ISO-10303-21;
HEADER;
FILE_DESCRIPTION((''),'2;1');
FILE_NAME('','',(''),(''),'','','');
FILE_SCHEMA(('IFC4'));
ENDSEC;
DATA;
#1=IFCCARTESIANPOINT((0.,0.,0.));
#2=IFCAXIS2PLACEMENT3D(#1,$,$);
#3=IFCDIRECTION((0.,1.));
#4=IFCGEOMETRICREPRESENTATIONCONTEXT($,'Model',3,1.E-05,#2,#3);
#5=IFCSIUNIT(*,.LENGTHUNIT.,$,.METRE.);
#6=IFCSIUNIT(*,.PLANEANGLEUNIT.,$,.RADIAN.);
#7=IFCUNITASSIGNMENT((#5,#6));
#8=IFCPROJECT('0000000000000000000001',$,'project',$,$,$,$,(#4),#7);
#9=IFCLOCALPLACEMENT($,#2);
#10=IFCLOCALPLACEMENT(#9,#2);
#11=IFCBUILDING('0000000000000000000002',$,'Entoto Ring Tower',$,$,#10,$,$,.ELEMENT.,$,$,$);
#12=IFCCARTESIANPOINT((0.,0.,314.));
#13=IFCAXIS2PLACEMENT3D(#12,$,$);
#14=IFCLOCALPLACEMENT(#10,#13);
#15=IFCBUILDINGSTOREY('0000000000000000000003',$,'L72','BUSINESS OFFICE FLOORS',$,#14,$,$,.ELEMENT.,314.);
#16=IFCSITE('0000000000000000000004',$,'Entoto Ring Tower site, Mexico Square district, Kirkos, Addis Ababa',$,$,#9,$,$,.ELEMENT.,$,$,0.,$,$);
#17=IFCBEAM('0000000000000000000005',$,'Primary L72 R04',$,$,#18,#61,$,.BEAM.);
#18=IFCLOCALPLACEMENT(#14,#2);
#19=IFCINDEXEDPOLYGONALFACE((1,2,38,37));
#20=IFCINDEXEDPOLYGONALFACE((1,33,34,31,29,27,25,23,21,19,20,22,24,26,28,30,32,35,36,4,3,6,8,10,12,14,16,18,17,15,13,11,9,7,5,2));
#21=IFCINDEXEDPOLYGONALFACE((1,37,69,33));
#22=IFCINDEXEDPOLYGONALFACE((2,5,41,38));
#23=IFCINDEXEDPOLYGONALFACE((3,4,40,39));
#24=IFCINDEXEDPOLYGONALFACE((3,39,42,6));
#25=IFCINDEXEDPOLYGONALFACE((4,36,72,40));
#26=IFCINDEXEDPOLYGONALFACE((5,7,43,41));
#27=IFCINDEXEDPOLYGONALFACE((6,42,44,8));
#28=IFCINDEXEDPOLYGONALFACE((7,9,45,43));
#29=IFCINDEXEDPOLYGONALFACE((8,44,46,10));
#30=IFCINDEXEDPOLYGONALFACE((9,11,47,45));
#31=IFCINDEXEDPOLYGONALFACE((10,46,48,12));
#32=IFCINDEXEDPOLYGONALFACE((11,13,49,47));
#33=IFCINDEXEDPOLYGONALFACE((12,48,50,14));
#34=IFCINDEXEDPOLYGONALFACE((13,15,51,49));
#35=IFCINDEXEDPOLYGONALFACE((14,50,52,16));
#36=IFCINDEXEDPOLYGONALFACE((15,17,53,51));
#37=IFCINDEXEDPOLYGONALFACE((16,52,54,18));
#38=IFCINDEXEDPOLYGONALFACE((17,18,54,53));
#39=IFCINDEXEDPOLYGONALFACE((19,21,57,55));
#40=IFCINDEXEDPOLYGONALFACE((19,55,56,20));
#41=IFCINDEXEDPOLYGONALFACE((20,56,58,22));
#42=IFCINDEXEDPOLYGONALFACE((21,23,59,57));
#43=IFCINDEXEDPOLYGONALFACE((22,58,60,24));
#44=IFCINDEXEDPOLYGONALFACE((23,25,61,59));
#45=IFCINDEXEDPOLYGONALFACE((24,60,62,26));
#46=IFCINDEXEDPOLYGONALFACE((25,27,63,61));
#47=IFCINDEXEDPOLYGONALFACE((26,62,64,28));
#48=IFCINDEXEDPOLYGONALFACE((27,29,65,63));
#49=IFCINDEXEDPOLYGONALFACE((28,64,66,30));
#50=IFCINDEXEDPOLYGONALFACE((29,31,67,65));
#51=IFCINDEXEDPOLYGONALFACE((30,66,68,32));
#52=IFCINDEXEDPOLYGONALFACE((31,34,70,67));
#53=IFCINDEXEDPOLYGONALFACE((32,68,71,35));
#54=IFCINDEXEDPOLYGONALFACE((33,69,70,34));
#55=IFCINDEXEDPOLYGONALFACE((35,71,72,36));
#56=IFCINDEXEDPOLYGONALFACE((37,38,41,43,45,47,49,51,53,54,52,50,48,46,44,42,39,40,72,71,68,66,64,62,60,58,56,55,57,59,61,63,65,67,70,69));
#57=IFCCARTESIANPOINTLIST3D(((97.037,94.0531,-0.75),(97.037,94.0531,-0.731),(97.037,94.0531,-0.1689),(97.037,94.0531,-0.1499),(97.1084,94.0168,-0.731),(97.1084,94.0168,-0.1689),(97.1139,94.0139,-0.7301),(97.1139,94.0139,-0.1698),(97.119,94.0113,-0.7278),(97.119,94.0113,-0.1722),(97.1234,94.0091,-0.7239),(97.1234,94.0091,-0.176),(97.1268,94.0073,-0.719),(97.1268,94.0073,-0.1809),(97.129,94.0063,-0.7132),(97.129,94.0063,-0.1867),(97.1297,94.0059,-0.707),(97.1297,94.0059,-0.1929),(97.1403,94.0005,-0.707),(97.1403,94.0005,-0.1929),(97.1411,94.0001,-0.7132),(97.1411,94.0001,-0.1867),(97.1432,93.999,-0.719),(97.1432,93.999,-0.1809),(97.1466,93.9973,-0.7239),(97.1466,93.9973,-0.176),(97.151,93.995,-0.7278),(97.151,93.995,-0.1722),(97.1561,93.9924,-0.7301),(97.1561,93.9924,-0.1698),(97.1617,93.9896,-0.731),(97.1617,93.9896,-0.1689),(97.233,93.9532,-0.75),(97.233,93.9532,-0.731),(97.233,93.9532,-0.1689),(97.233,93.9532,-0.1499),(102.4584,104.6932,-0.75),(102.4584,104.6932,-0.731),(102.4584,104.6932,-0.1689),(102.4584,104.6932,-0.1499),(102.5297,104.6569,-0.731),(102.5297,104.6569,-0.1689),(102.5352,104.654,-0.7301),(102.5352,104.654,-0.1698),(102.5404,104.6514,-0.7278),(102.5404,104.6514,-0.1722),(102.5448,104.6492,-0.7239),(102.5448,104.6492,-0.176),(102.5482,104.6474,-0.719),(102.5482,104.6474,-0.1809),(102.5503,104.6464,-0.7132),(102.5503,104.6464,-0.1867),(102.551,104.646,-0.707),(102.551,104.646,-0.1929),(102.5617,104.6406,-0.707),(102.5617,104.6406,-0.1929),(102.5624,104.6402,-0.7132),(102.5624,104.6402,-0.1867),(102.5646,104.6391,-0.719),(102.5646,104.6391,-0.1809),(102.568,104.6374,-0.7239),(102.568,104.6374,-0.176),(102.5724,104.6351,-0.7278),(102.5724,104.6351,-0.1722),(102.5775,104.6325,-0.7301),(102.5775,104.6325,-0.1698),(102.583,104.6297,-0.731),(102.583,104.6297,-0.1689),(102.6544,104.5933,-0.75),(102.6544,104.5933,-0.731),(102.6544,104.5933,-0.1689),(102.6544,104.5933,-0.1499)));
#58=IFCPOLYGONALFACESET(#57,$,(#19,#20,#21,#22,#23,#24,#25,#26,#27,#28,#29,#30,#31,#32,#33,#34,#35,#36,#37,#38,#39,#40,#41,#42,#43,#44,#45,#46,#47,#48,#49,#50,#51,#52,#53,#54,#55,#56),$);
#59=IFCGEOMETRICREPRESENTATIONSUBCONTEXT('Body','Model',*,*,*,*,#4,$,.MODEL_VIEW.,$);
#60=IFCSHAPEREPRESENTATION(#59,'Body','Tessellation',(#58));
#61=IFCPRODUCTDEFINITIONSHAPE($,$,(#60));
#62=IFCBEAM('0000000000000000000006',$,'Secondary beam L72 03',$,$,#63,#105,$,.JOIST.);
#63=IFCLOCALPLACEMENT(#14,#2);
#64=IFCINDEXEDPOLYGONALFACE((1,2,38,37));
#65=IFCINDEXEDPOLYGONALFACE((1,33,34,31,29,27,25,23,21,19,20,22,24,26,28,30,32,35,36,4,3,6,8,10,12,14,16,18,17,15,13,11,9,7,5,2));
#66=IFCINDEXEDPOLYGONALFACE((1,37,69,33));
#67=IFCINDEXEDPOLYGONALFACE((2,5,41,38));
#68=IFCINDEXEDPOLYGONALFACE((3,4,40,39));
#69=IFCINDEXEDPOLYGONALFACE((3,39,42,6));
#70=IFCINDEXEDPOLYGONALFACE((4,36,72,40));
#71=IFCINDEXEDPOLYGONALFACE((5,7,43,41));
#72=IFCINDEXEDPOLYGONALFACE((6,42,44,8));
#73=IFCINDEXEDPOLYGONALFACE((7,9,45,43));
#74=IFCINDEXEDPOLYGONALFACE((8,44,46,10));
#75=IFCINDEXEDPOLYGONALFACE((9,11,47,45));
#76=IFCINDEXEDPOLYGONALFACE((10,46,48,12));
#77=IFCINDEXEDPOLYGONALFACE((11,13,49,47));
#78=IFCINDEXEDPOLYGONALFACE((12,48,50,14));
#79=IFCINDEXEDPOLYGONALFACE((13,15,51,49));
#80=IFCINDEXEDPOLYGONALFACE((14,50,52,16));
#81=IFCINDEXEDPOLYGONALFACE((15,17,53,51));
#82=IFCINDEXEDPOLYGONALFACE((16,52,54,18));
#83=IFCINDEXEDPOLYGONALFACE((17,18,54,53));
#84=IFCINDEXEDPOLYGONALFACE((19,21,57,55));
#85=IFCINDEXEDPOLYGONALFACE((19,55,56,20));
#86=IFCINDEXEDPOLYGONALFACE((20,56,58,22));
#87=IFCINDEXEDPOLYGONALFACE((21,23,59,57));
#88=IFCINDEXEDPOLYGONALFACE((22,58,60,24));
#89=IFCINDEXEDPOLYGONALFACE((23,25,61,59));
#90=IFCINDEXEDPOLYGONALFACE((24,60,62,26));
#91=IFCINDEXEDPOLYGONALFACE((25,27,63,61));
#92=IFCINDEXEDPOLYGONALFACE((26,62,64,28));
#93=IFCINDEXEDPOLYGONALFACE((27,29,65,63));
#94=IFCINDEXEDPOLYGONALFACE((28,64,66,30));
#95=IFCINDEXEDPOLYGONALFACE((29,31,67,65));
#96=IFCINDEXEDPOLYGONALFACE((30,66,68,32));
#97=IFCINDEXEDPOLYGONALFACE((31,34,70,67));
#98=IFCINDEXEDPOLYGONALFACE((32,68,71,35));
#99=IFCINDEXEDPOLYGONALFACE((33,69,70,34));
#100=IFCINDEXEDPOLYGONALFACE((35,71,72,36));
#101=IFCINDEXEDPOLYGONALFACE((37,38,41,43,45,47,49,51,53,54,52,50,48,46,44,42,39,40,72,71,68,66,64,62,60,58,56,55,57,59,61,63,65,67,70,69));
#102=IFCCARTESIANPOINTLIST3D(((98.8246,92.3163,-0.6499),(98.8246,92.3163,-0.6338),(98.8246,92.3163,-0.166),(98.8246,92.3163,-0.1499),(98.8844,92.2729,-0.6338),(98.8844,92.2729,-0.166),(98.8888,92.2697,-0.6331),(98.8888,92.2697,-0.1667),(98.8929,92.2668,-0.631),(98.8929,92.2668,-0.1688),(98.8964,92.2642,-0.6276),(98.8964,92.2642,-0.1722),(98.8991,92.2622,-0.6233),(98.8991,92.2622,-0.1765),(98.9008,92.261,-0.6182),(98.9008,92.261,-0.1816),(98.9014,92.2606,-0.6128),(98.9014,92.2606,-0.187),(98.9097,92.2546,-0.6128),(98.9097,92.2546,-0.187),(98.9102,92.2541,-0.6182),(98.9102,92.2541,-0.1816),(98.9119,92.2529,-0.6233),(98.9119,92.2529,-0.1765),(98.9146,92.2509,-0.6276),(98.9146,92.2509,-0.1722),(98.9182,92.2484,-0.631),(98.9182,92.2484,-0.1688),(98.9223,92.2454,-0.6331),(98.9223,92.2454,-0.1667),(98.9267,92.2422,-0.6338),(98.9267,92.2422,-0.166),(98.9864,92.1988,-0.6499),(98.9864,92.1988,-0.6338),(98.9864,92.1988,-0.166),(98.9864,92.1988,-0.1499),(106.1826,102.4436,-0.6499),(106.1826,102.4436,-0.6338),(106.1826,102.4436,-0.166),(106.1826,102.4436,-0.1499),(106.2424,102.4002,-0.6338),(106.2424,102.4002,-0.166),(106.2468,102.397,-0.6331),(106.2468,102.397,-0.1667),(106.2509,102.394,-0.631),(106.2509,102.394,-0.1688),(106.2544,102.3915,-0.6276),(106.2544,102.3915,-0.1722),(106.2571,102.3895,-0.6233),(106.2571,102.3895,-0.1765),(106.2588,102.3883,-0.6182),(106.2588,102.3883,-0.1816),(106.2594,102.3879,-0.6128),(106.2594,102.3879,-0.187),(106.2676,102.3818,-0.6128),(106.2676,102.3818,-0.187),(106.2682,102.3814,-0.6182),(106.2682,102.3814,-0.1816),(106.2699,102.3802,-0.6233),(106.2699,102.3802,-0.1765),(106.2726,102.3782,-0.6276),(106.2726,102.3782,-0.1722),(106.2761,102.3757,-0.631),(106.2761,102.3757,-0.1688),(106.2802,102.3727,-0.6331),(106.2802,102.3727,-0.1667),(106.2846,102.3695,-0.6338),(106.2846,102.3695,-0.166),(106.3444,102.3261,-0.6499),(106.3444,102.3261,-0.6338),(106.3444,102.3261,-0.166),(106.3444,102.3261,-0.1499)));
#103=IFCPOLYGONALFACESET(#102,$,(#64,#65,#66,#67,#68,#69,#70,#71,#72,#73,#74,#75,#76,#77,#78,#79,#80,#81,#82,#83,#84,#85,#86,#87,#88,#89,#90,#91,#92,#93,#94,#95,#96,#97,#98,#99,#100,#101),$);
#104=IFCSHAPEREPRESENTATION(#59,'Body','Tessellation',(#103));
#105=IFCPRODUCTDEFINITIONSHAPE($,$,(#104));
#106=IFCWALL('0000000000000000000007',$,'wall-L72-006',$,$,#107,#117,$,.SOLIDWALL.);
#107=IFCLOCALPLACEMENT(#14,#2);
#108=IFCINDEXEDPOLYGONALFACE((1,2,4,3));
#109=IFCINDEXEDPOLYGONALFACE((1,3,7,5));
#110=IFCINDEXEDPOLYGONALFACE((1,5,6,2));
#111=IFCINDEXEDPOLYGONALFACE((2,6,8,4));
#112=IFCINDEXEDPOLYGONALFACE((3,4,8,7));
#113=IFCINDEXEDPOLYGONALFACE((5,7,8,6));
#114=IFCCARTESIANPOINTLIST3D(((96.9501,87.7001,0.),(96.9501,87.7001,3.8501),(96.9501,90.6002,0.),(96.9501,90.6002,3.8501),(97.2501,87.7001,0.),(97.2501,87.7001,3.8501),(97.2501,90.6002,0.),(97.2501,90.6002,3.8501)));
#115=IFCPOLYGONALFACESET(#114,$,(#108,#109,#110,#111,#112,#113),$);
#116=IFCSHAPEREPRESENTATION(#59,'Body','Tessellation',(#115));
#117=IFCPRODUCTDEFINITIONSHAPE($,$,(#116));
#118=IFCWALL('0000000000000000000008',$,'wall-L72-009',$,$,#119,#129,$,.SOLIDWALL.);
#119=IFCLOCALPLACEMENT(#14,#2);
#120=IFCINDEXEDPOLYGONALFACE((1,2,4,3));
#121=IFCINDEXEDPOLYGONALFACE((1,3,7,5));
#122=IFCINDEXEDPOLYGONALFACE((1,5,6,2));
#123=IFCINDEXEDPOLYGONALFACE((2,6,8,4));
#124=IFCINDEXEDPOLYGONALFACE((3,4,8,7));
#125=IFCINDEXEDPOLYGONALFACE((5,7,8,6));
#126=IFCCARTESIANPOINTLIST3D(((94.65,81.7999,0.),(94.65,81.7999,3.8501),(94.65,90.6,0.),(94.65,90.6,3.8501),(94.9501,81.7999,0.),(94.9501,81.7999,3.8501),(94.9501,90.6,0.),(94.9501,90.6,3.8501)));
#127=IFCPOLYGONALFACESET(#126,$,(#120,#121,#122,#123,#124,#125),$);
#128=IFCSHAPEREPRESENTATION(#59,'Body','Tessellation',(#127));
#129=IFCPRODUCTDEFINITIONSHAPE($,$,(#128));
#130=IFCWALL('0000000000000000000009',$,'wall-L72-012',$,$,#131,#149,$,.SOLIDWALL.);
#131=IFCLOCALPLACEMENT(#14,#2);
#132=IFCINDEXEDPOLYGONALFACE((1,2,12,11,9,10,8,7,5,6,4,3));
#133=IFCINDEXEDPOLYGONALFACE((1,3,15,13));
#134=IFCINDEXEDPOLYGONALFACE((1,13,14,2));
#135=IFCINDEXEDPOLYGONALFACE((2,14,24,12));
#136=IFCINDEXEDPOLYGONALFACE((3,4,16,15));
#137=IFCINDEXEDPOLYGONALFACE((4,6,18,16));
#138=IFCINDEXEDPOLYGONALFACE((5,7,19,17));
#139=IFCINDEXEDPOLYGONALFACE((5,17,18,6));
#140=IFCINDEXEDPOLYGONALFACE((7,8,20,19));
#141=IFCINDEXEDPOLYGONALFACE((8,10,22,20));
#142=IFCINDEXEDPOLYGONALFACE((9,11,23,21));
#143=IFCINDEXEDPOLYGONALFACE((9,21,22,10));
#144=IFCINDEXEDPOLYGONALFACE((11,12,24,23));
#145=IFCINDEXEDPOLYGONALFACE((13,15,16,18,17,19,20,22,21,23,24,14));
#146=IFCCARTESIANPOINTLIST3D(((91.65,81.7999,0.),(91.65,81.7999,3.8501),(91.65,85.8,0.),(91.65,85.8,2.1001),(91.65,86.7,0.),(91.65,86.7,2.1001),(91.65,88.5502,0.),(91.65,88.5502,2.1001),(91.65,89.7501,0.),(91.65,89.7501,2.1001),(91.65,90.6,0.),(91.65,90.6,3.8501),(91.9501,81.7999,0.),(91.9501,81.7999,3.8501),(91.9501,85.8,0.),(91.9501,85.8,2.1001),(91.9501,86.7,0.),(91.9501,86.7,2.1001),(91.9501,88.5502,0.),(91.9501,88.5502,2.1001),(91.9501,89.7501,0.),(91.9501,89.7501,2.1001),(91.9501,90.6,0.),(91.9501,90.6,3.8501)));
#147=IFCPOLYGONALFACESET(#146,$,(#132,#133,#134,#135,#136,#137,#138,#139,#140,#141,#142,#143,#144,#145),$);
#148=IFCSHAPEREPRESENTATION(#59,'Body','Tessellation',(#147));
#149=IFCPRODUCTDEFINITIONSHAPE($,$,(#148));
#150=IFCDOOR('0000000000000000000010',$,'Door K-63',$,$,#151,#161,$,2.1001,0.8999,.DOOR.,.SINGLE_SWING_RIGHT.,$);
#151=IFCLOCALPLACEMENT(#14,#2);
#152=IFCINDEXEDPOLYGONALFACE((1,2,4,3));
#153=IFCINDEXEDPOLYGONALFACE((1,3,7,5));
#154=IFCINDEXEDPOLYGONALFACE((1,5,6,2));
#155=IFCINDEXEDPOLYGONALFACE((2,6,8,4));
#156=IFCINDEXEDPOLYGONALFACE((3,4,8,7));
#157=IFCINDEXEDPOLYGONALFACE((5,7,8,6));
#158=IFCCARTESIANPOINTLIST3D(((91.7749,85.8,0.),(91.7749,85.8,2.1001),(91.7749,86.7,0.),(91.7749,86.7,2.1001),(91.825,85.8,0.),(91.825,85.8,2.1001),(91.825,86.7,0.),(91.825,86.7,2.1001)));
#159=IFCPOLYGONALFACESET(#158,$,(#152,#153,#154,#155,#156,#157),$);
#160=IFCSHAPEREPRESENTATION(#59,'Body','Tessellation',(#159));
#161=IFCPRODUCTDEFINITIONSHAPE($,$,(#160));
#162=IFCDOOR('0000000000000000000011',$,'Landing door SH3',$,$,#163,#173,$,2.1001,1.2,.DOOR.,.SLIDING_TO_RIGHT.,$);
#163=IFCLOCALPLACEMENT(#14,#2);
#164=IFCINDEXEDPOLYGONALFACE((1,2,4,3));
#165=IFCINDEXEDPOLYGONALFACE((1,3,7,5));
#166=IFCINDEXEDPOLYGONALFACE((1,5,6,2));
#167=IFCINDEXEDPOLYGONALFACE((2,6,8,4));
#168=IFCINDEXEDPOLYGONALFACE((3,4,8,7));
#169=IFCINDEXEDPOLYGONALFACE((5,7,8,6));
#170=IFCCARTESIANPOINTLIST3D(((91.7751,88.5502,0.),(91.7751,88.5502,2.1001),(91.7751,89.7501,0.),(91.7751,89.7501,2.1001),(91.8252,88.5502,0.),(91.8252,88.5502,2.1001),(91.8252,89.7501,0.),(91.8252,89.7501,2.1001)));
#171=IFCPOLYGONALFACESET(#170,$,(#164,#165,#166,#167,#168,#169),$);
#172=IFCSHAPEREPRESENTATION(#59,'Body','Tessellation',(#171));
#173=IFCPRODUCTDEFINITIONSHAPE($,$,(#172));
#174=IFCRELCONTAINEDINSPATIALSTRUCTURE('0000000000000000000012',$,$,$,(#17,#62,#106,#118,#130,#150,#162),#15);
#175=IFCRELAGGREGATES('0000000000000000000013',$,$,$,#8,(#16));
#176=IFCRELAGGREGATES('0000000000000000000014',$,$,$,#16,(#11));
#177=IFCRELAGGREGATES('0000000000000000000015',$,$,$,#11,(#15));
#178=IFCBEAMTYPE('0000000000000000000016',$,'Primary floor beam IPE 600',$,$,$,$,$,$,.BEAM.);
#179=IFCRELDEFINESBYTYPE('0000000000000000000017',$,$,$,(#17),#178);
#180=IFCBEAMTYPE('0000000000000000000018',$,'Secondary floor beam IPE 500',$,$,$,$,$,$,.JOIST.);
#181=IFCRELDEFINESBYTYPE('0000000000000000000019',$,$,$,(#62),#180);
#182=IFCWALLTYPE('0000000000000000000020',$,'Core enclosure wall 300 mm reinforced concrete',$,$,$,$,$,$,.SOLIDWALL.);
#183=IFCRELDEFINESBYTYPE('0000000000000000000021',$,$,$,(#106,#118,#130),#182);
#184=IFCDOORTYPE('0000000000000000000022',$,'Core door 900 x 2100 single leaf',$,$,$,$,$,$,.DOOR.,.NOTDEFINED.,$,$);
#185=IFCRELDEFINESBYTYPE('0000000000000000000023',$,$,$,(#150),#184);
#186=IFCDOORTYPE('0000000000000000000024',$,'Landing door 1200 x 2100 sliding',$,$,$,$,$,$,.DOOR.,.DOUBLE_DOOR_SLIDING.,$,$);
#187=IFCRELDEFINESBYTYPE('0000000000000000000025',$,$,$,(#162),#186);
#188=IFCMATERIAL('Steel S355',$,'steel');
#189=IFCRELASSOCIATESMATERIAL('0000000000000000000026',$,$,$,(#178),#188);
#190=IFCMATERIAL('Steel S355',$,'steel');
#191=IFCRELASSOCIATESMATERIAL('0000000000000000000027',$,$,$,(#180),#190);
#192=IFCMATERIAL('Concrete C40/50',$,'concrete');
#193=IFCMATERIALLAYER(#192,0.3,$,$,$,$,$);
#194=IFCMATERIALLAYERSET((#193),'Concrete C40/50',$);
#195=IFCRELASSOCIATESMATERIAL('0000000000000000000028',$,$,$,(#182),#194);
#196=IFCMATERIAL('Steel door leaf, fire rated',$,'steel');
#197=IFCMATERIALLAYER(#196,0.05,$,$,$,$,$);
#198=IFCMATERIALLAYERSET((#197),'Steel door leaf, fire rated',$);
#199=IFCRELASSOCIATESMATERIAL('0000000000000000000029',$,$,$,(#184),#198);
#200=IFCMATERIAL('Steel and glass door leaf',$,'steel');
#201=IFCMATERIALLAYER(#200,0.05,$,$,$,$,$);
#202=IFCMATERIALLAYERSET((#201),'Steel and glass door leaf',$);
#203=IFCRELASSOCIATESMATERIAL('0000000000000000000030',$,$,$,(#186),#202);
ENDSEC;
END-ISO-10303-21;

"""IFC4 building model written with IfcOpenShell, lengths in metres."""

from ifc_helpers import new_model, si_unit, direction, frame, frame_2d, origin, origin_2d, place, context, subcontext, project, spatial, rectangle, i_section, extrude, material, layer, layer_set, material_profile, profile_set, type_object, element, fill, save


model = new_model("IFC4")

# Units and contexts
model_context = context("Model", 3, precision=1e-05, world=origin(), true_north=direction((0.0, 1.0)))
body_context = subcontext(model_context, "Body", "Model", "MODEL_VIEW")
ifc_project = project(units=[si_unit("LENGTHUNIT", "METRE"), si_unit("PLANEANGLEUNIT", "RADIAN")], contexts=[model_context])

# Site, building, storey
site_placement = place(None, origin())
site = spatial("IfcSite", under=ifc_project, at=site_placement, Name="Entoto Ring Tower site, Mexico Square district, Kirkos, Addis Ababa", CompositionType="ELEMENT", RefElevation=0.0)
building_placement = place(site_placement, origin())
building = spatial("IfcBuilding", under=site, at=building_placement, Name="Entoto Ring Tower", CompositionType="ELEMENT")
storey_placement = place(building_placement, frame((0.0, 0.0, 314.0)))
storey = spatial("IfcBuildingStorey", under=building, at=storey_placement, Name="L72", Description="BUSINESS OFFICE FLOORS", CompositionType="ELEMENT", Elevation=314.0)

# Beams
ifc_material_1 = material(Name="Steel S355", Category="steel")
ifc_material_profile_1 = material_profile(ifc_material_1, i_section(OverallWidth=0.22, OverallDepth=0.6001, WebThickness=0.012, FlangeThickness=0.019, FilletRadius=0.0239, at=origin_2d()), Name="IPE 600")
ifc_profile_set_1 = profile_set([ifc_material_profile_1], Name="Steel S355")
beam_type_1 = type_object("IfcBeamType", Name="Primary floor beam IPE 600", PredefinedType="BEAM", material=ifc_profile_set_1)
beam_1_placement = place(storey_placement, frame((97.135, 94.0032, -0.45), z_axis=(0.453988, 0.891008, 0.0), x_axis=(-0.891008, 0.453988, 0.0)))
element("IfcBeam", 1, at=beam_1_placement, inside=storey, type_object=beam_type_1, Name="Primary L72 R04", PredefinedType="BEAM", context=body_context, shape_type="SweptSolid", body=[
    extrude(i_section(OverallWidth=0.22, OverallDepth=0.6001, WebThickness=0.012, FlangeThickness=0.019, FilletRadius=0.0239, at=origin_2d()), origin(), (0.0, 0.0, 1.0), 11.9417),
])
ifc_material_2 = material(Name="Steel S355", Category="steel")
ifc_material_profile_2 = material_profile(ifc_material_2, i_section(OverallWidth=0.2, OverallDepth=0.5, WebThickness=0.0103, FlangeThickness=0.0161, FilletRadius=0.021, at=origin_2d()), Name="IPE 500")
ifc_profile_set_2 = profile_set([ifc_material_profile_2], Name="Steel S355")
beam_type_2 = type_object("IfcBeamType", Name="Secondary floor beam IPE 500", PredefinedType="JOIST", material=ifc_profile_set_2)
beam_2_placement = place(storey_placement, frame((98.9055, 92.2576, -0.3999), z_axis=(0.587789, 0.809014, 0.0), x_axis=(-0.809014, 0.587789, 0.0)))
element("IfcBeam", 2, at=beam_2_placement, inside=storey, type_object=beam_type_2, Name="Secondary beam L72 03", PredefinedType="JOIST", context=body_context, shape_type="SweptSolid", body=[
    extrude(i_section(OverallWidth=0.2, OverallDepth=0.5, WebThickness=0.0103, FlangeThickness=0.0161, FilletRadius=0.021, at=origin_2d()), origin(), (0.0, 0.0, 1.0), 12.5181),
])

# Walls
ifc_material_3 = material(Name="Concrete C40/50", Category="concrete")
ifc_layer_1 = layer(ifc_material_3, 0.3)
ifc_layer_set_1 = layer_set([ifc_layer_1], Name="Concrete C40/50")
wall_type = type_object("IfcWallType", Name="Core enclosure wall 300 mm reinforced concrete", PredefinedType="SOLIDWALL", material=ifc_layer_set_1)
wall_1_placement = place(storey_placement, frame((97.1001, 87.7, 0.0), z_axis=(0.0, 0.0, 1.0), x_axis=(0.0, 1.0, 0.0)))
element("IfcWall", 3, at=wall_1_placement, inside=storey, type_object=wall_type, Name="wall-L72-006", PredefinedType="SOLIDWALL", context=body_context, shape_type="SweptSolid", body=[
    extrude(rectangle(XDim=2.9001, YDim=0.3, at=frame_2d((1.4502, 0.0))), origin(), (0.0, 0.0, 1.0), 3.8501),
])
wall_2_placement = place(storey_placement, frame((94.8, 81.8, 0.0), z_axis=(0.0, 0.0, 1.0), x_axis=(0.0, 1.0, 0.0)))
element("IfcWall", 4, at=wall_2_placement, inside=storey, type_object=wall_type, Name="wall-L72-009", PredefinedType="SOLIDWALL", context=body_context, shape_type="SweptSolid", body=[
    extrude(rectangle(XDim=8.8, YDim=0.3, at=frame_2d((4.3999, 0.0))), origin(), (0.0, 0.0, 1.0), 3.8501),
])

# Wall, openings, doors
wall_3_placement = place(storey_placement, frame((91.8, 81.8, 0.0), z_axis=(0.0, 0.0, 1.0), x_axis=(0.0, 1.0, 0.0)))
wall_3 = element("IfcWall", 5, at=wall_3_placement, inside=storey, type_object=wall_type, Name="wall-L72-012", PredefinedType="SOLIDWALL", context=body_context, shape_type="SweptSolid", body=[
    extrude(rectangle(XDim=8.8, YDim=0.3, at=frame_2d((4.3999, 0.0))), origin(), (0.0, 0.0, 1.0), 3.8501),
])
opening_1_placement = place(wall_3_placement, frame((6.75, 0.0, 0.0)))
opening_1 = element("IfcOpeningElement", 6, at=opening_1_placement, cuts=wall_3, PredefinedType="OPENING", context=body_context, shape_type="SweptSolid", body=[
    extrude(rectangle(XDim=1.2, YDim=2.1001, at=frame_2d((0.6001, 1.05))), frame((0.0, 0.1602, 0.0), z_axis=(0.0, -1.0, 0.0), x_axis=(1.0, 0.0, 0.0)), (0.0, 0.0, 1.0), 0.3201),
])
opening_2_placement = place(wall_3_placement, frame((4.0, 0.0, 0.0)))
opening_2 = element("IfcOpeningElement", 7, at=opening_2_placement, cuts=wall_3, PredefinedType="OPENING", context=body_context, shape_type="SweptSolid", body=[
    extrude(rectangle(XDim=0.8999, YDim=2.1001, at=frame_2d((0.45, 1.05))), frame((0.0, 0.1602, 0.0), z_axis=(0.0, -1.0, 0.0), x_axis=(1.0, 0.0, 0.0)), (0.0, 0.0, 1.0), 0.3201),
])
ifc_material_4 = material(Name="Steel door leaf, fire rated", Category="steel")
ifc_layer_2 = layer(ifc_material_4, 0.05)
ifc_layer_set_2 = layer_set([ifc_layer_2], Name="Steel door leaf, fire rated")
door_type_1 = type_object("IfcDoorType", Name="Core door 900 x 2100 single leaf", OperationType="NOTDEFINED", PredefinedType="DOOR", material=ifc_layer_set_2)
door_1_placement = place(opening_2_placement, frame((0.8999, 0.0, 0.0), z_axis=(0.0, 0.0, 1.0), x_axis=(-1.0, 0.0, 0.0)))
door_1 = element("IfcDoor", 8, at=door_1_placement, inside=storey, type_object=door_type_1, Name="Door K-63", OperationType="SINGLE_SWING_RIGHT", OverallHeight=2.1001, OverallWidth=0.8999, PredefinedType="DOOR", context=body_context, shape_type="SweptSolid", body=[
    extrude(rectangle(XDim=0.8999, YDim=2.1001, at=frame_2d((0.45, 1.05))), frame((0.0, 0.0249, 0.0), z_axis=(0.0, -1.0, 0.0), x_axis=(1.0, 0.0, 0.0)), (0.0, 0.0, 1.0), 0.05),
])
fill(opening_2, door_1)
ifc_material_5 = material(Name="Steel and glass door leaf", Category="steel")
ifc_layer_3 = layer(ifc_material_5, 0.05)
ifc_layer_set_3 = layer_set([ifc_layer_3], Name="Steel and glass door leaf")
door_type_2 = type_object("IfcDoorType", Name="Landing door 1200 x 2100 sliding", OperationType="DOUBLE_DOOR_SLIDING", PredefinedType="DOOR", material=ifc_layer_set_3)
door_2_placement = place(opening_1_placement, origin())
door_2 = element("IfcDoor", 9, at=door_2_placement, inside=storey, type_object=door_type_2, Name="Landing door SH3", OperationType="SLIDING_TO_RIGHT", OverallHeight=2.1001, OverallWidth=1.2, PredefinedType="DOOR", context=body_context, shape_type="SweptSolid", body=[
    extrude(rectangle(XDim=1.2, YDim=2.1001, at=frame_2d((0.6001, 1.05))), frame((0.0, 0.0249, 0.0), z_axis=(0.0, -1.0, 0.0), x_axis=(1.0, 0.0, 0.0)), (0.0, 0.0, 1.0), 0.05),
])
fill(opening_1, door_2)

save(model, "model.ifc")
